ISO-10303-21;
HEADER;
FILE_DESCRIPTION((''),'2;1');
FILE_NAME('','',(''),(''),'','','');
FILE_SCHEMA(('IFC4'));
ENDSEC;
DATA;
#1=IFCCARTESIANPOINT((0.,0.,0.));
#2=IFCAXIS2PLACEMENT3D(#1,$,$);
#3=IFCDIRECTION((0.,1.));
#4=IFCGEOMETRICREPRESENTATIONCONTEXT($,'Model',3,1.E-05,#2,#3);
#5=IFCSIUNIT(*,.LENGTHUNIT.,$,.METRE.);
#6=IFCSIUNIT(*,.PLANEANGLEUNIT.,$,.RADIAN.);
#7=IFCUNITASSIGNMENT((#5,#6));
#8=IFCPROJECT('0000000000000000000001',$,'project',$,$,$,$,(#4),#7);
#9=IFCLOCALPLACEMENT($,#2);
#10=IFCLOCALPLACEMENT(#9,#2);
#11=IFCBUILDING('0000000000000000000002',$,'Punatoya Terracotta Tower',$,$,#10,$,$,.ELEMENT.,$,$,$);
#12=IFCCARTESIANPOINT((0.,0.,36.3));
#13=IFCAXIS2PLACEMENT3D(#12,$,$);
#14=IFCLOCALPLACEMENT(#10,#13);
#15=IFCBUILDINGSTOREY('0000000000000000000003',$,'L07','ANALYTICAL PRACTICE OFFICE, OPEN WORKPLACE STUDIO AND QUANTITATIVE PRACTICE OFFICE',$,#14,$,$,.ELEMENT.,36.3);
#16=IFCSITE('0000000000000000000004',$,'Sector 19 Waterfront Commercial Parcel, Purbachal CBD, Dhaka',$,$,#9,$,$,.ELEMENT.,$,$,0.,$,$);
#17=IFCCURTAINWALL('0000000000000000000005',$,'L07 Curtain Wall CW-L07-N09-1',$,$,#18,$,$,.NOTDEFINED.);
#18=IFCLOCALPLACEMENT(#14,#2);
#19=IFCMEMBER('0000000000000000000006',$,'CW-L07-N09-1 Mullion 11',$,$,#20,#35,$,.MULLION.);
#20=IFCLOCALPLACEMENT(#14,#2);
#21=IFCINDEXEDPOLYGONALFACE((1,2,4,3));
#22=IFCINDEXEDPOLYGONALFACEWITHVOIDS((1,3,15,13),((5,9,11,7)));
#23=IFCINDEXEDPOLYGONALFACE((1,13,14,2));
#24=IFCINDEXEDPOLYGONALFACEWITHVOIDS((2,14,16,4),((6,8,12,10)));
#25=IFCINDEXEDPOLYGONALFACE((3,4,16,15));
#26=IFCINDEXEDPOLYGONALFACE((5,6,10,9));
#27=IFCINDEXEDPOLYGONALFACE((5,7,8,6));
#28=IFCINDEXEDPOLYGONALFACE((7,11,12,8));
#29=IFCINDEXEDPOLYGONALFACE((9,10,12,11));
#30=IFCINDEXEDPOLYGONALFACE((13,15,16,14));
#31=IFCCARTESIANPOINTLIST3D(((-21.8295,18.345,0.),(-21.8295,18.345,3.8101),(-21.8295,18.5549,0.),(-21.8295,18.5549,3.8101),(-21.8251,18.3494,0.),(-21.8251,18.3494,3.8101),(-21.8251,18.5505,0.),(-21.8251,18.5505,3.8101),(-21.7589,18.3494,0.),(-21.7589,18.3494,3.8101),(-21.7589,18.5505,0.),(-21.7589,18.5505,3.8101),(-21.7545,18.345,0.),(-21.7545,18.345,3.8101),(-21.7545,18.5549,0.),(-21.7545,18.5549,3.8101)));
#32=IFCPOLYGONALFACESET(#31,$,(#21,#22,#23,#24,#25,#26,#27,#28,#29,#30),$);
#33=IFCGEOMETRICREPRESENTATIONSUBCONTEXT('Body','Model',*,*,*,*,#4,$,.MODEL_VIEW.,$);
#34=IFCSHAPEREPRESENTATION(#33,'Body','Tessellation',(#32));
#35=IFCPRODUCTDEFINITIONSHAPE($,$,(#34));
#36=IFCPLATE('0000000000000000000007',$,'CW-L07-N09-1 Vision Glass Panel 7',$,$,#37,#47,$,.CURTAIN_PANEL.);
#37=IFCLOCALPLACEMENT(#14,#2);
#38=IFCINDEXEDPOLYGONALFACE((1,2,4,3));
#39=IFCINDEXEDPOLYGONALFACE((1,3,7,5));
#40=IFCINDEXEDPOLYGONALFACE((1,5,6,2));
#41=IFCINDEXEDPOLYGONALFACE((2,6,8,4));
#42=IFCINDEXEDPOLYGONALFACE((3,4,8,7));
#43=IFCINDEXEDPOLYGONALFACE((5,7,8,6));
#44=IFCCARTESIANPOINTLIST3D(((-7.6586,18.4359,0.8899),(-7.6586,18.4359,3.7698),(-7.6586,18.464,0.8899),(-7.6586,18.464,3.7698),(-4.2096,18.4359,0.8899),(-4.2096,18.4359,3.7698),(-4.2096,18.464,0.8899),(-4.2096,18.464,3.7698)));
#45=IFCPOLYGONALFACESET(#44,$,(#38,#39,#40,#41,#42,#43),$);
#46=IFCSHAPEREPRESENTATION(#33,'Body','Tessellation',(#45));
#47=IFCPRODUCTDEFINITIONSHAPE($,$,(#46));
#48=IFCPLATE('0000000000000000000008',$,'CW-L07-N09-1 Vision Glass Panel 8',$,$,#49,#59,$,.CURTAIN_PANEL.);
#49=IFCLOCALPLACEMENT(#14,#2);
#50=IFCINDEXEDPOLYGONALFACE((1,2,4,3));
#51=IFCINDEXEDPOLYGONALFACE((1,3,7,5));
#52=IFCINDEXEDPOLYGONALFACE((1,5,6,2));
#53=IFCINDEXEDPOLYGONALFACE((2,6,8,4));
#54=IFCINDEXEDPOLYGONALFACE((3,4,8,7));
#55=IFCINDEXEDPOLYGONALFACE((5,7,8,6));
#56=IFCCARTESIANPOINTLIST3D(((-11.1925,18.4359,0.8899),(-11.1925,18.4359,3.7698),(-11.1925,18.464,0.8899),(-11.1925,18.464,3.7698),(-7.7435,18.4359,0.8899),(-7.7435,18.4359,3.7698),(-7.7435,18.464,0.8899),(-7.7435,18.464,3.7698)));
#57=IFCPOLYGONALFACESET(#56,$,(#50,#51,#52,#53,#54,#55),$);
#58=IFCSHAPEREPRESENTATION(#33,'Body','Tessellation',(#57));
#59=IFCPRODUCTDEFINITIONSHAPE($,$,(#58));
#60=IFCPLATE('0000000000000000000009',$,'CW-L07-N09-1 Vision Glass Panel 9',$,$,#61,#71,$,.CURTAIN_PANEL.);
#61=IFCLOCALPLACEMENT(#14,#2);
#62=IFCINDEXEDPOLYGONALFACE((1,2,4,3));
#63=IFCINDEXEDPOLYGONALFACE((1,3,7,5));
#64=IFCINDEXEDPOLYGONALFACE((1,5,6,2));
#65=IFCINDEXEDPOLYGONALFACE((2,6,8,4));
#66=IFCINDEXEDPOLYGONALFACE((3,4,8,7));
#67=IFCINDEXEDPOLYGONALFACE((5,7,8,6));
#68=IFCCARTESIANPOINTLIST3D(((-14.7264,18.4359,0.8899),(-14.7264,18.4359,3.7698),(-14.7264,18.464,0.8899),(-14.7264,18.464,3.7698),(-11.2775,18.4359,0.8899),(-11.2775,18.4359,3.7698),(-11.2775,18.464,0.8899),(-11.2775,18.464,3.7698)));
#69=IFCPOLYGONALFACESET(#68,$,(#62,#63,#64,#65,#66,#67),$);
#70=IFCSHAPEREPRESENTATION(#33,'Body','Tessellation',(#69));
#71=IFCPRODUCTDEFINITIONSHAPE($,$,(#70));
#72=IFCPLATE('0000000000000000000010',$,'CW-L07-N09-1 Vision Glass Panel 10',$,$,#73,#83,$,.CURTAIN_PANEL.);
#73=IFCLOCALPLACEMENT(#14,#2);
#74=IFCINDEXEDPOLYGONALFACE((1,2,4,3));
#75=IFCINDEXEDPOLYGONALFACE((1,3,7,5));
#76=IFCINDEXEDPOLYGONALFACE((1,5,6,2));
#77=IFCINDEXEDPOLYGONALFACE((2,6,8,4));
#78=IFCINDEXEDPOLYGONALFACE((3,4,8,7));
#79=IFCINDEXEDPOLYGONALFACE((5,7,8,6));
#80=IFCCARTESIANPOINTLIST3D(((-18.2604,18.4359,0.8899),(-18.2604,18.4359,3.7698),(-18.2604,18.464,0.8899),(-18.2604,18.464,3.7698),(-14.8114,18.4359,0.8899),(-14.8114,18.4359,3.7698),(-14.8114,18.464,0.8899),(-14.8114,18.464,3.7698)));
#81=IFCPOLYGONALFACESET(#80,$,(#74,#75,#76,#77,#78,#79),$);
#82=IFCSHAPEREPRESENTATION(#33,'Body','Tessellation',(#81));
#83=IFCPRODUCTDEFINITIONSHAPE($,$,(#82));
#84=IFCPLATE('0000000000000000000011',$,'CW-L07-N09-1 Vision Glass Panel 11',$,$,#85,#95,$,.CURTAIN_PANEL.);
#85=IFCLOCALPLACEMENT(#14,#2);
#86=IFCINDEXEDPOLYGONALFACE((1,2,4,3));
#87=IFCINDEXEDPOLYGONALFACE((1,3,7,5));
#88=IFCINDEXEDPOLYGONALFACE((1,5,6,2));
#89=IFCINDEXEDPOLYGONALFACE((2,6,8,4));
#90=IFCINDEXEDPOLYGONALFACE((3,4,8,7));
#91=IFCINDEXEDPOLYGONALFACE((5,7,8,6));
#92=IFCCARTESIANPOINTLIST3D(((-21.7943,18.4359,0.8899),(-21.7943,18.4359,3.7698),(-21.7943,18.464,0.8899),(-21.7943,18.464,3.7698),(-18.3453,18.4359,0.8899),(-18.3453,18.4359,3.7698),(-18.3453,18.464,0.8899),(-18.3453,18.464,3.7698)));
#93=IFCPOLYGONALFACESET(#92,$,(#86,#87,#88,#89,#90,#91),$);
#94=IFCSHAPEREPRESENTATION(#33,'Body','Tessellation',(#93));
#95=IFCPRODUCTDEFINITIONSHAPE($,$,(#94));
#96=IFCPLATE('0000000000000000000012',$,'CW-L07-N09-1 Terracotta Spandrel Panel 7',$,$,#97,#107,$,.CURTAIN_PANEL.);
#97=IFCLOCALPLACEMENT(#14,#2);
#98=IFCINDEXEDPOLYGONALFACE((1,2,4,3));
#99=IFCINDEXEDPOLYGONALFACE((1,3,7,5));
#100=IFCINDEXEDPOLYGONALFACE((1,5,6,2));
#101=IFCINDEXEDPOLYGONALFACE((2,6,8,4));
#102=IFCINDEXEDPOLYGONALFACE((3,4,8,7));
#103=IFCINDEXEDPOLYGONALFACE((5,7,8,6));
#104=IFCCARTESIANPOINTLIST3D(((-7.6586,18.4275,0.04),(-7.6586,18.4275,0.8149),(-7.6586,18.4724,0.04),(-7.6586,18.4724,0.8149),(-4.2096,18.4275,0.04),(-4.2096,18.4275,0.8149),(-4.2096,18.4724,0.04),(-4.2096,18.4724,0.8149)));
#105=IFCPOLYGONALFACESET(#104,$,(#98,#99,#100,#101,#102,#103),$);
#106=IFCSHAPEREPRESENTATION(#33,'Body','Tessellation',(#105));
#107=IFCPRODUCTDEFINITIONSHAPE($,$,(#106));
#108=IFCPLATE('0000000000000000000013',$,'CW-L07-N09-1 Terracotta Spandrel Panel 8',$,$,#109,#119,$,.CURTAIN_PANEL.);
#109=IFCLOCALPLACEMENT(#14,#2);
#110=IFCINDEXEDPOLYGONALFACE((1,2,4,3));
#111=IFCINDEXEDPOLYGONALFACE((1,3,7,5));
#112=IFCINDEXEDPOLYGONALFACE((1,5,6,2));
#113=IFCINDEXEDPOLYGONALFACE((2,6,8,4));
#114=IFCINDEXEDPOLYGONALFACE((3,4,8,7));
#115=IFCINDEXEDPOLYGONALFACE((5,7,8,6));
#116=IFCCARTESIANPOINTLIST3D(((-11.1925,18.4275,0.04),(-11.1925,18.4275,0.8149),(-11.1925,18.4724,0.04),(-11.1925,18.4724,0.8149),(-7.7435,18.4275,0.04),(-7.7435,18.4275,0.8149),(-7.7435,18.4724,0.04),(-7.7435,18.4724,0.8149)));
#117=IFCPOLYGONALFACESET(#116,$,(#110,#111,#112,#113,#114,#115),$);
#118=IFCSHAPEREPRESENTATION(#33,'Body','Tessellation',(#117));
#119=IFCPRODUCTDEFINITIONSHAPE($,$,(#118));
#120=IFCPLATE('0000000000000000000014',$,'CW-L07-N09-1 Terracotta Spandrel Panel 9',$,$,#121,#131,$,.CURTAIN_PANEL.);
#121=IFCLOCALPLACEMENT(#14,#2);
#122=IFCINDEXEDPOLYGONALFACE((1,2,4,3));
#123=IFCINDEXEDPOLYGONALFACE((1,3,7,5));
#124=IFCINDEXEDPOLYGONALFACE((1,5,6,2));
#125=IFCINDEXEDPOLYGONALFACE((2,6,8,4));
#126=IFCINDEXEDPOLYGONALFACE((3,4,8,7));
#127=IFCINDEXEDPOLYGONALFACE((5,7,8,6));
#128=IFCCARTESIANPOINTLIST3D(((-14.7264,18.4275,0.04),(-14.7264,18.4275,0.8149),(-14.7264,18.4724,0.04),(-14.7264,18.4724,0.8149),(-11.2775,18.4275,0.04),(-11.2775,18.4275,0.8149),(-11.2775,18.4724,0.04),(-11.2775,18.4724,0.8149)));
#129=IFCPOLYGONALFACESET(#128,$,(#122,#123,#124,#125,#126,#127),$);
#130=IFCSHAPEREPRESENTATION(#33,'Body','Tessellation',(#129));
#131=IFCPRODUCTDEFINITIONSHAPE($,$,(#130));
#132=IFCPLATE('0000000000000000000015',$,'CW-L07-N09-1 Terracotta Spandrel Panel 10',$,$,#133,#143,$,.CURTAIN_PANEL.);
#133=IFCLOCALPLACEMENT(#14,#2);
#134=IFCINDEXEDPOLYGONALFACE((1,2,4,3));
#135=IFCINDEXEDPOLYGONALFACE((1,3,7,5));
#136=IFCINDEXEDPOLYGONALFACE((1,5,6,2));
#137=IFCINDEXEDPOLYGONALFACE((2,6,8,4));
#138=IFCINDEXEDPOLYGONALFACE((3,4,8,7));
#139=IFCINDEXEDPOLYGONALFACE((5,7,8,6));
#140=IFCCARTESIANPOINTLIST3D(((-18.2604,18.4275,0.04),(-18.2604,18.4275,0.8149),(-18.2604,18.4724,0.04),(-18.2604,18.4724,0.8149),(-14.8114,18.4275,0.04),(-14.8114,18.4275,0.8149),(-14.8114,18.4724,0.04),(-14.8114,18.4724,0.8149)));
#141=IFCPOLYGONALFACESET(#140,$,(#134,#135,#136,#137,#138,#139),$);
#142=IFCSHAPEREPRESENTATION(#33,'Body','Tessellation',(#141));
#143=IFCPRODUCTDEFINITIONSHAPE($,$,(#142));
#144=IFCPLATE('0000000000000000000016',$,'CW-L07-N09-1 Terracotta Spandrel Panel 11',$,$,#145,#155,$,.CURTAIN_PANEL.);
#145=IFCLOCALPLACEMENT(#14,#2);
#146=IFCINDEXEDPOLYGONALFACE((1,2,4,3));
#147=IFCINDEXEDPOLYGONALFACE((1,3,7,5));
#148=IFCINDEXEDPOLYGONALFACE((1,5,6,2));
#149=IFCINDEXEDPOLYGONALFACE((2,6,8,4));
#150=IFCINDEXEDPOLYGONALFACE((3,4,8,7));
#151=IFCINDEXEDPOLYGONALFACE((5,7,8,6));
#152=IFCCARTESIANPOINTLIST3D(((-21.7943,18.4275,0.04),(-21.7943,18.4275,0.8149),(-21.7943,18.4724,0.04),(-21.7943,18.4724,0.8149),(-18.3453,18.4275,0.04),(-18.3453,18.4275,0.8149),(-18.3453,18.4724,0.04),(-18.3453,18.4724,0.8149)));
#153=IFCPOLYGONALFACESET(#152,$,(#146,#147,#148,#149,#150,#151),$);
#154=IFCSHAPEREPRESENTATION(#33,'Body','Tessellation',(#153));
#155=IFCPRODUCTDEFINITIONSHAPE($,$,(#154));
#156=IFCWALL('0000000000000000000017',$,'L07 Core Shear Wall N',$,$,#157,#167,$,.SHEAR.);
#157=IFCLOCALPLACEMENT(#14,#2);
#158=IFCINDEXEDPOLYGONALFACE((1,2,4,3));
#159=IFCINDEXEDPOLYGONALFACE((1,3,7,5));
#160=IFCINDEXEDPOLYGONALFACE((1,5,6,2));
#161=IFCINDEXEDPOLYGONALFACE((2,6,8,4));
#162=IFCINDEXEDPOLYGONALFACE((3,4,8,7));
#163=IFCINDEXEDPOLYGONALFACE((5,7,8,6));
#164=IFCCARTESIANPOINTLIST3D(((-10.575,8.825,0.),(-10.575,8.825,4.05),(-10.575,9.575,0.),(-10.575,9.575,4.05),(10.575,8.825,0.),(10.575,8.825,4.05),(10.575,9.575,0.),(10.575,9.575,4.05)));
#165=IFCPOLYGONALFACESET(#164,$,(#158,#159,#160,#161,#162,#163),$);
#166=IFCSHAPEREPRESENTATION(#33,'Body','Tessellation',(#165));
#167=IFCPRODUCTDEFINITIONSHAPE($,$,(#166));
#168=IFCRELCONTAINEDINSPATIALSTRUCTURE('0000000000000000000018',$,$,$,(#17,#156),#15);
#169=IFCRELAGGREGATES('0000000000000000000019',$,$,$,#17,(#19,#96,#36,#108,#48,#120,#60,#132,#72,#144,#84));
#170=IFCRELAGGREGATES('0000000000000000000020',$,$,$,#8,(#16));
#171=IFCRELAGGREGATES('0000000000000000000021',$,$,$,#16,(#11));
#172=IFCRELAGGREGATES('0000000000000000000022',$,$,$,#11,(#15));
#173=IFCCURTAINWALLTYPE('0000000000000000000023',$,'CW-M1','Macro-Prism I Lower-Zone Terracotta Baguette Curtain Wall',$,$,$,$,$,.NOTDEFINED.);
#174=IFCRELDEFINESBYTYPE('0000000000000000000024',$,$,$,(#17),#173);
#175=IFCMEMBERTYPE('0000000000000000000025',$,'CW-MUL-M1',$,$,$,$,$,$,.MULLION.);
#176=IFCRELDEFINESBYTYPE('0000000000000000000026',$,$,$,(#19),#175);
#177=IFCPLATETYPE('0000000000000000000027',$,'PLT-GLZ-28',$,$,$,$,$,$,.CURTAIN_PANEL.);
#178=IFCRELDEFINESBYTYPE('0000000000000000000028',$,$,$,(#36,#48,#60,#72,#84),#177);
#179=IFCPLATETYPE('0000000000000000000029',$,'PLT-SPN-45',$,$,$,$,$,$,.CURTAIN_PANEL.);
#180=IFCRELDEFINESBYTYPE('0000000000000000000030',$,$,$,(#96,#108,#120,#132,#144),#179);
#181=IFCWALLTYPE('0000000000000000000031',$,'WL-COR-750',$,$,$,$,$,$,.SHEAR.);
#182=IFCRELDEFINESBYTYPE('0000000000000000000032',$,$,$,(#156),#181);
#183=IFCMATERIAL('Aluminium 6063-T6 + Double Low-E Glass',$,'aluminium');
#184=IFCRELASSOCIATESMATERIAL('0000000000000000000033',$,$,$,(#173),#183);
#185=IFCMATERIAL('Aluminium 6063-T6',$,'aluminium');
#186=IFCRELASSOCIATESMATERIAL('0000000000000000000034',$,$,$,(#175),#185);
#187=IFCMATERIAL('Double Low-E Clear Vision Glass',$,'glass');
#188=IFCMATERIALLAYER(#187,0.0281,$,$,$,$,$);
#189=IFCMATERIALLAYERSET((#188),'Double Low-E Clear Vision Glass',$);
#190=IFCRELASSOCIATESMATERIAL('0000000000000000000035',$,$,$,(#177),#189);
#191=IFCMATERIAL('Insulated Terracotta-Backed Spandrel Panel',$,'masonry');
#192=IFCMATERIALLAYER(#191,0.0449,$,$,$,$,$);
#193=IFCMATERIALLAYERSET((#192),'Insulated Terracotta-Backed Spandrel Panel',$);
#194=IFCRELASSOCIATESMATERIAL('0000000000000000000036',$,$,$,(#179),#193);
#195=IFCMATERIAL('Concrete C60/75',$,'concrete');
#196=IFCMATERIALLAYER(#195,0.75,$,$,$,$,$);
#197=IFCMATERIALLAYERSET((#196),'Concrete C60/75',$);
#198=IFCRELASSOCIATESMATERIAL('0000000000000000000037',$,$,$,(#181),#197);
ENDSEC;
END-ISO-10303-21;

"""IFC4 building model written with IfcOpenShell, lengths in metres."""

from ifc_helpers import new_model, si_unit, direction, frame, frame_2d, origin, origin_2d, place, context, subcontext, project, spatial, rectangle, hollow_rectangle, extrude, material, layer, layer_set, material_profile, profile_set, type_object, element, aggregate, save


model = new_model("IFC4")

# Units and contexts
model_context = context("Model", 3, precision=1e-05, world=origin(), true_north=direction((0.0, 1.0)))
body_context = subcontext(model_context, "Body", "Model", "MODEL_VIEW")
ifc_project = project(units=[si_unit("LENGTHUNIT", "METRE"), si_unit("PLANEANGLEUNIT", "RADIAN")], contexts=[model_context])

# Site, building, storey
site_placement = place(None, origin())
site = spatial("IfcSite", under=ifc_project, at=site_placement, Name="Sector 19 Waterfront Commercial Parcel, Purbachal CBD, Dhaka", CompositionType="ELEMENT", RefElevation=0.0)
building_placement = place(site_placement, origin())
building = spatial("IfcBuilding", under=site, at=building_placement, Name="Punatoya Terracotta Tower", CompositionType="ELEMENT")
storey_placement = place(building_placement, frame((0.0, 0.0, 36.3)))
storey = spatial("IfcBuildingStorey", under=building, at=storey_placement, Name="L07", Description="ANALYTICAL PRACTICE OFFICE, OPEN WORKPLACE STUDIO AND QUANTITATIVE PRACTICE OFFICE", CompositionType="ELEMENT", Elevation=36.3)

# Curtain wall, member, plates
ifc_material_1 = material(Name="Aluminium 6063-T6 + Double Low-E Glass", Category="aluminium")
curtain_wall_type = type_object("IfcCurtainWallType", Name="CW-M1", Description="Macro-Prism I Lower-Zone Terracotta Baguette Curtain Wall", PredefinedType="NOTDEFINED", material=ifc_material_1)
curtain_wall_placement = place(storey_placement, origin())
curtain_wall = element("IfcCurtainWall", 1, at=curtain_wall_placement, inside=storey, type_object=curtain_wall_type, Name="L07 Curtain Wall CW-L07-N09-1", PredefinedType="NOTDEFINED")
ifc_material_2 = material(Name="Aluminium 6063-T6", Category="aluminium")
ifc_material_profile_1 = material_profile(ifc_material_2, hollow_rectangle(XDim=0.075, YDim=0.21, WallThickness=0.0044, at=origin_2d()))
ifc_profile_set_1 = profile_set([ifc_material_profile_1], Name="Aluminium 6063-T6")
member_type = type_object("IfcMemberType", Name="CW-MUL-M1", PredefinedType="MULLION", material=ifc_profile_set_1)
member_1_placement = place(storey_placement, frame((-21.792, 18.45, 0.0), z_axis=(0.0, 0.0, 1.0), x_axis=(1.0, 0.0, 0.0)))
member_1 = element("IfcMember", 2, at=member_1_placement, type_object=member_type, Name="CW-L07-N09-1 Mullion 11", PredefinedType="MULLION", context=body_context, shape_type="SweptSolid", body=[
    extrude(hollow_rectangle(XDim=0.075, YDim=0.21, WallThickness=0.0044, at=origin_2d()), origin(), (0.0, 0.0, 1.0), 3.8101),
])
ifc_material_3 = material(Name="Double Low-E Clear Vision Glass", Category="glass")
ifc_layer_1 = layer(ifc_material_3, 0.0281)
ifc_layer_set_1 = layer_set([ifc_layer_1], Name="Double Low-E Clear Vision Glass")
plate_type_1 = type_object("IfcPlateType", Name="PLT-GLZ-28", PredefinedType="CURTAIN_PANEL", material=ifc_layer_set_1)
plate_1_placement = place(storey_placement, frame((-5.9341, 18.45, 0.8899), z_axis=(0.0, 0.0, 1.0), x_axis=(-1.0, 0.0, 0.0)))
plate_1 = element("IfcPlate", 3, at=plate_1_placement, type_object=plate_type_1, Name="CW-L07-N09-1 Vision Glass Panel 7", PredefinedType="CURTAIN_PANEL", context=body_context, shape_type="SweptSolid", body=[
    extrude(rectangle(XDim=3.449, YDim=0.0281, at=origin_2d()), origin(), (0.0, 0.0, 1.0), 2.8799),
])
plate_2_placement = place(storey_placement, frame((-9.468, 18.45, 0.8899), z_axis=(0.0, 0.0, 1.0), x_axis=(-1.0, 0.0, 0.0)))
plate_2 = element("IfcPlate", 4, at=plate_2_placement, type_object=plate_type_1, Name="CW-L07-N09-1 Vision Glass Panel 8", PredefinedType="CURTAIN_PANEL", context=body_context, shape_type="SweptSolid", body=[
    extrude(rectangle(XDim=3.449, YDim=0.0281, at=origin_2d()), origin(), (0.0, 0.0, 1.0), 2.8799),
])
plate_3_placement = place(storey_placement, frame((-13.002, 18.45, 0.8899), z_axis=(0.0, 0.0, 1.0), x_axis=(-1.0, 0.0, 0.0)))
plate_3 = element("IfcPlate", 5, at=plate_3_placement, type_object=plate_type_1, Name="CW-L07-N09-1 Vision Glass Panel 9", PredefinedType="CURTAIN_PANEL", context=body_context, shape_type="SweptSolid", body=[
    extrude(rectangle(XDim=3.449, YDim=0.0281, at=origin_2d()), origin(), (0.0, 0.0, 1.0), 2.8799),
])
plate_4_placement = place(storey_placement, frame((-16.5359, 18.45, 0.8899), z_axis=(0.0, 0.0, 1.0), x_axis=(-1.0, 0.0, 0.0)))
plate_4 = element("IfcPlate", 6, at=plate_4_placement, type_object=plate_type_1, Name="CW-L07-N09-1 Vision Glass Panel 10", PredefinedType="CURTAIN_PANEL", context=body_context, shape_type="SweptSolid", body=[
    extrude(rectangle(XDim=3.449, YDim=0.0281, at=origin_2d()), origin(), (0.0, 0.0, 1.0), 2.8799),
])
plate_5_placement = place(storey_placement, frame((-20.0698, 18.45, 0.8899), z_axis=(0.0, 0.0, 1.0), x_axis=(-1.0, 0.0, 0.0)))
plate_5 = element("IfcPlate", 7, at=plate_5_placement, type_object=plate_type_1, Name="CW-L07-N09-1 Vision Glass Panel 11", PredefinedType="CURTAIN_PANEL", context=body_context, shape_type="SweptSolid", body=[
    extrude(rectangle(XDim=3.449, YDim=0.0281, at=origin_2d()), origin(), (0.0, 0.0, 1.0), 2.8799),
])
ifc_material_4 = material(Name="Insulated Terracotta-Backed Spandrel Panel", Category="masonry")
ifc_layer_2 = layer(ifc_material_4, 0.0449)
ifc_layer_set_2 = layer_set([ifc_layer_2], Name="Insulated Terracotta-Backed Spandrel Panel")
plate_type_2 = type_object("IfcPlateType", Name="PLT-SPN-45", PredefinedType="CURTAIN_PANEL", material=ifc_layer_set_2)
plate_6_placement = place(storey_placement, frame((-5.9341, 18.45, 0.04), z_axis=(0.0, 0.0, 1.0), x_axis=(-1.0, 0.0, 0.0)))
plate_6 = element("IfcPlate", 8, at=plate_6_placement, type_object=plate_type_2, Name="CW-L07-N09-1 Terracotta Spandrel Panel 7", PredefinedType="CURTAIN_PANEL", context=body_context, shape_type="SweptSolid", body=[
    extrude(rectangle(XDim=3.449, YDim=0.0449, at=origin_2d()), origin(), (0.0, 0.0, 1.0), 0.7749),
])
plate_7_placement = place(storey_placement, frame((-9.468, 18.45, 0.04), z_axis=(0.0, 0.0, 1.0), x_axis=(-1.0, 0.0, 0.0)))
plate_7 = element("IfcPlate", 9, at=plate_7_placement, type_object=plate_type_2, Name="CW-L07-N09-1 Terracotta Spandrel Panel 8", PredefinedType="CURTAIN_PANEL", context=body_context, shape_type="SweptSolid", body=[
    extrude(rectangle(XDim=3.449, YDim=0.0449, at=origin_2d()), origin(), (0.0, 0.0, 1.0), 0.7749),
])
plate_8_placement = place(storey_placement, frame((-13.002, 18.45, 0.04), z_axis=(0.0, 0.0, 1.0), x_axis=(-1.0, 0.0, 0.0)))
plate_8 = element("IfcPlate", 10, at=plate_8_placement, type_object=plate_type_2, Name="CW-L07-N09-1 Terracotta Spandrel Panel 9", PredefinedType="CURTAIN_PANEL", context=body_context, shape_type="SweptSolid", body=[
    extrude(rectangle(XDim=3.449, YDim=0.0449, at=origin_2d()), origin(), (0.0, 0.0, 1.0), 0.7749),
])
plate_9_placement = place(storey_placement, frame((-16.5359, 18.45, 0.04), z_axis=(0.0, 0.0, 1.0), x_axis=(-1.0, 0.0, 0.0)))
plate_9 = element("IfcPlate", 11, at=plate_9_placement, type_object=plate_type_2, Name="CW-L07-N09-1 Terracotta Spandrel Panel 10", PredefinedType="CURTAIN_PANEL", context=body_context, shape_type="SweptSolid", body=[
    extrude(rectangle(XDim=3.449, YDim=0.0449, at=origin_2d()), origin(), (0.0, 0.0, 1.0), 0.7749),
])
plate_10_placement = place(storey_placement, frame((-20.0698, 18.45, 0.04), z_axis=(0.0, 0.0, 1.0), x_axis=(-1.0, 0.0, 0.0)))
plate_10 = element("IfcPlate", 12, at=plate_10_placement, type_object=plate_type_2, Name="CW-L07-N09-1 Terracotta Spandrel Panel 11", PredefinedType="CURTAIN_PANEL", context=body_context, shape_type="SweptSolid", body=[
    extrude(rectangle(XDim=3.449, YDim=0.0449, at=origin_2d()), origin(), (0.0, 0.0, 1.0), 0.7749),
])
aggregate(curtain_wall, [member_1, plate_6, plate_1, plate_7, plate_2, plate_8, plate_3, plate_9, plate_4, plate_10, plate_5])

# Wall
ifc_material_5 = material(Name="Concrete C60/75", Category="concrete")
ifc_layer_3 = layer(ifc_material_5, 0.75)
ifc_layer_set_3 = layer_set([ifc_layer_3], Name="Concrete C60/75")
wall_type_1 = type_object("IfcWallType", Name="WL-COR-750", PredefinedType="SHEAR", material=ifc_layer_set_3)
wall_1_placement = place(storey_placement, frame((-10.575, 9.2, 0.0), z_axis=(0.0, 0.0, 1.0), x_axis=(1.0, 0.0, 0.0)))
element("IfcWall", 13, at=wall_1_placement, inside=storey, type_object=wall_type_1, Name="L07 Core Shear Wall N", PredefinedType="SHEAR", context=body_context, shape_type="SweptSolid", body=[
    extrude(rectangle(XDim=21.1499, YDim=0.75, at=frame_2d((10.575, 0.0))), origin(), (0.0, 0.0, 1.0), 4.05),
])

save(model, "model.ifc")
